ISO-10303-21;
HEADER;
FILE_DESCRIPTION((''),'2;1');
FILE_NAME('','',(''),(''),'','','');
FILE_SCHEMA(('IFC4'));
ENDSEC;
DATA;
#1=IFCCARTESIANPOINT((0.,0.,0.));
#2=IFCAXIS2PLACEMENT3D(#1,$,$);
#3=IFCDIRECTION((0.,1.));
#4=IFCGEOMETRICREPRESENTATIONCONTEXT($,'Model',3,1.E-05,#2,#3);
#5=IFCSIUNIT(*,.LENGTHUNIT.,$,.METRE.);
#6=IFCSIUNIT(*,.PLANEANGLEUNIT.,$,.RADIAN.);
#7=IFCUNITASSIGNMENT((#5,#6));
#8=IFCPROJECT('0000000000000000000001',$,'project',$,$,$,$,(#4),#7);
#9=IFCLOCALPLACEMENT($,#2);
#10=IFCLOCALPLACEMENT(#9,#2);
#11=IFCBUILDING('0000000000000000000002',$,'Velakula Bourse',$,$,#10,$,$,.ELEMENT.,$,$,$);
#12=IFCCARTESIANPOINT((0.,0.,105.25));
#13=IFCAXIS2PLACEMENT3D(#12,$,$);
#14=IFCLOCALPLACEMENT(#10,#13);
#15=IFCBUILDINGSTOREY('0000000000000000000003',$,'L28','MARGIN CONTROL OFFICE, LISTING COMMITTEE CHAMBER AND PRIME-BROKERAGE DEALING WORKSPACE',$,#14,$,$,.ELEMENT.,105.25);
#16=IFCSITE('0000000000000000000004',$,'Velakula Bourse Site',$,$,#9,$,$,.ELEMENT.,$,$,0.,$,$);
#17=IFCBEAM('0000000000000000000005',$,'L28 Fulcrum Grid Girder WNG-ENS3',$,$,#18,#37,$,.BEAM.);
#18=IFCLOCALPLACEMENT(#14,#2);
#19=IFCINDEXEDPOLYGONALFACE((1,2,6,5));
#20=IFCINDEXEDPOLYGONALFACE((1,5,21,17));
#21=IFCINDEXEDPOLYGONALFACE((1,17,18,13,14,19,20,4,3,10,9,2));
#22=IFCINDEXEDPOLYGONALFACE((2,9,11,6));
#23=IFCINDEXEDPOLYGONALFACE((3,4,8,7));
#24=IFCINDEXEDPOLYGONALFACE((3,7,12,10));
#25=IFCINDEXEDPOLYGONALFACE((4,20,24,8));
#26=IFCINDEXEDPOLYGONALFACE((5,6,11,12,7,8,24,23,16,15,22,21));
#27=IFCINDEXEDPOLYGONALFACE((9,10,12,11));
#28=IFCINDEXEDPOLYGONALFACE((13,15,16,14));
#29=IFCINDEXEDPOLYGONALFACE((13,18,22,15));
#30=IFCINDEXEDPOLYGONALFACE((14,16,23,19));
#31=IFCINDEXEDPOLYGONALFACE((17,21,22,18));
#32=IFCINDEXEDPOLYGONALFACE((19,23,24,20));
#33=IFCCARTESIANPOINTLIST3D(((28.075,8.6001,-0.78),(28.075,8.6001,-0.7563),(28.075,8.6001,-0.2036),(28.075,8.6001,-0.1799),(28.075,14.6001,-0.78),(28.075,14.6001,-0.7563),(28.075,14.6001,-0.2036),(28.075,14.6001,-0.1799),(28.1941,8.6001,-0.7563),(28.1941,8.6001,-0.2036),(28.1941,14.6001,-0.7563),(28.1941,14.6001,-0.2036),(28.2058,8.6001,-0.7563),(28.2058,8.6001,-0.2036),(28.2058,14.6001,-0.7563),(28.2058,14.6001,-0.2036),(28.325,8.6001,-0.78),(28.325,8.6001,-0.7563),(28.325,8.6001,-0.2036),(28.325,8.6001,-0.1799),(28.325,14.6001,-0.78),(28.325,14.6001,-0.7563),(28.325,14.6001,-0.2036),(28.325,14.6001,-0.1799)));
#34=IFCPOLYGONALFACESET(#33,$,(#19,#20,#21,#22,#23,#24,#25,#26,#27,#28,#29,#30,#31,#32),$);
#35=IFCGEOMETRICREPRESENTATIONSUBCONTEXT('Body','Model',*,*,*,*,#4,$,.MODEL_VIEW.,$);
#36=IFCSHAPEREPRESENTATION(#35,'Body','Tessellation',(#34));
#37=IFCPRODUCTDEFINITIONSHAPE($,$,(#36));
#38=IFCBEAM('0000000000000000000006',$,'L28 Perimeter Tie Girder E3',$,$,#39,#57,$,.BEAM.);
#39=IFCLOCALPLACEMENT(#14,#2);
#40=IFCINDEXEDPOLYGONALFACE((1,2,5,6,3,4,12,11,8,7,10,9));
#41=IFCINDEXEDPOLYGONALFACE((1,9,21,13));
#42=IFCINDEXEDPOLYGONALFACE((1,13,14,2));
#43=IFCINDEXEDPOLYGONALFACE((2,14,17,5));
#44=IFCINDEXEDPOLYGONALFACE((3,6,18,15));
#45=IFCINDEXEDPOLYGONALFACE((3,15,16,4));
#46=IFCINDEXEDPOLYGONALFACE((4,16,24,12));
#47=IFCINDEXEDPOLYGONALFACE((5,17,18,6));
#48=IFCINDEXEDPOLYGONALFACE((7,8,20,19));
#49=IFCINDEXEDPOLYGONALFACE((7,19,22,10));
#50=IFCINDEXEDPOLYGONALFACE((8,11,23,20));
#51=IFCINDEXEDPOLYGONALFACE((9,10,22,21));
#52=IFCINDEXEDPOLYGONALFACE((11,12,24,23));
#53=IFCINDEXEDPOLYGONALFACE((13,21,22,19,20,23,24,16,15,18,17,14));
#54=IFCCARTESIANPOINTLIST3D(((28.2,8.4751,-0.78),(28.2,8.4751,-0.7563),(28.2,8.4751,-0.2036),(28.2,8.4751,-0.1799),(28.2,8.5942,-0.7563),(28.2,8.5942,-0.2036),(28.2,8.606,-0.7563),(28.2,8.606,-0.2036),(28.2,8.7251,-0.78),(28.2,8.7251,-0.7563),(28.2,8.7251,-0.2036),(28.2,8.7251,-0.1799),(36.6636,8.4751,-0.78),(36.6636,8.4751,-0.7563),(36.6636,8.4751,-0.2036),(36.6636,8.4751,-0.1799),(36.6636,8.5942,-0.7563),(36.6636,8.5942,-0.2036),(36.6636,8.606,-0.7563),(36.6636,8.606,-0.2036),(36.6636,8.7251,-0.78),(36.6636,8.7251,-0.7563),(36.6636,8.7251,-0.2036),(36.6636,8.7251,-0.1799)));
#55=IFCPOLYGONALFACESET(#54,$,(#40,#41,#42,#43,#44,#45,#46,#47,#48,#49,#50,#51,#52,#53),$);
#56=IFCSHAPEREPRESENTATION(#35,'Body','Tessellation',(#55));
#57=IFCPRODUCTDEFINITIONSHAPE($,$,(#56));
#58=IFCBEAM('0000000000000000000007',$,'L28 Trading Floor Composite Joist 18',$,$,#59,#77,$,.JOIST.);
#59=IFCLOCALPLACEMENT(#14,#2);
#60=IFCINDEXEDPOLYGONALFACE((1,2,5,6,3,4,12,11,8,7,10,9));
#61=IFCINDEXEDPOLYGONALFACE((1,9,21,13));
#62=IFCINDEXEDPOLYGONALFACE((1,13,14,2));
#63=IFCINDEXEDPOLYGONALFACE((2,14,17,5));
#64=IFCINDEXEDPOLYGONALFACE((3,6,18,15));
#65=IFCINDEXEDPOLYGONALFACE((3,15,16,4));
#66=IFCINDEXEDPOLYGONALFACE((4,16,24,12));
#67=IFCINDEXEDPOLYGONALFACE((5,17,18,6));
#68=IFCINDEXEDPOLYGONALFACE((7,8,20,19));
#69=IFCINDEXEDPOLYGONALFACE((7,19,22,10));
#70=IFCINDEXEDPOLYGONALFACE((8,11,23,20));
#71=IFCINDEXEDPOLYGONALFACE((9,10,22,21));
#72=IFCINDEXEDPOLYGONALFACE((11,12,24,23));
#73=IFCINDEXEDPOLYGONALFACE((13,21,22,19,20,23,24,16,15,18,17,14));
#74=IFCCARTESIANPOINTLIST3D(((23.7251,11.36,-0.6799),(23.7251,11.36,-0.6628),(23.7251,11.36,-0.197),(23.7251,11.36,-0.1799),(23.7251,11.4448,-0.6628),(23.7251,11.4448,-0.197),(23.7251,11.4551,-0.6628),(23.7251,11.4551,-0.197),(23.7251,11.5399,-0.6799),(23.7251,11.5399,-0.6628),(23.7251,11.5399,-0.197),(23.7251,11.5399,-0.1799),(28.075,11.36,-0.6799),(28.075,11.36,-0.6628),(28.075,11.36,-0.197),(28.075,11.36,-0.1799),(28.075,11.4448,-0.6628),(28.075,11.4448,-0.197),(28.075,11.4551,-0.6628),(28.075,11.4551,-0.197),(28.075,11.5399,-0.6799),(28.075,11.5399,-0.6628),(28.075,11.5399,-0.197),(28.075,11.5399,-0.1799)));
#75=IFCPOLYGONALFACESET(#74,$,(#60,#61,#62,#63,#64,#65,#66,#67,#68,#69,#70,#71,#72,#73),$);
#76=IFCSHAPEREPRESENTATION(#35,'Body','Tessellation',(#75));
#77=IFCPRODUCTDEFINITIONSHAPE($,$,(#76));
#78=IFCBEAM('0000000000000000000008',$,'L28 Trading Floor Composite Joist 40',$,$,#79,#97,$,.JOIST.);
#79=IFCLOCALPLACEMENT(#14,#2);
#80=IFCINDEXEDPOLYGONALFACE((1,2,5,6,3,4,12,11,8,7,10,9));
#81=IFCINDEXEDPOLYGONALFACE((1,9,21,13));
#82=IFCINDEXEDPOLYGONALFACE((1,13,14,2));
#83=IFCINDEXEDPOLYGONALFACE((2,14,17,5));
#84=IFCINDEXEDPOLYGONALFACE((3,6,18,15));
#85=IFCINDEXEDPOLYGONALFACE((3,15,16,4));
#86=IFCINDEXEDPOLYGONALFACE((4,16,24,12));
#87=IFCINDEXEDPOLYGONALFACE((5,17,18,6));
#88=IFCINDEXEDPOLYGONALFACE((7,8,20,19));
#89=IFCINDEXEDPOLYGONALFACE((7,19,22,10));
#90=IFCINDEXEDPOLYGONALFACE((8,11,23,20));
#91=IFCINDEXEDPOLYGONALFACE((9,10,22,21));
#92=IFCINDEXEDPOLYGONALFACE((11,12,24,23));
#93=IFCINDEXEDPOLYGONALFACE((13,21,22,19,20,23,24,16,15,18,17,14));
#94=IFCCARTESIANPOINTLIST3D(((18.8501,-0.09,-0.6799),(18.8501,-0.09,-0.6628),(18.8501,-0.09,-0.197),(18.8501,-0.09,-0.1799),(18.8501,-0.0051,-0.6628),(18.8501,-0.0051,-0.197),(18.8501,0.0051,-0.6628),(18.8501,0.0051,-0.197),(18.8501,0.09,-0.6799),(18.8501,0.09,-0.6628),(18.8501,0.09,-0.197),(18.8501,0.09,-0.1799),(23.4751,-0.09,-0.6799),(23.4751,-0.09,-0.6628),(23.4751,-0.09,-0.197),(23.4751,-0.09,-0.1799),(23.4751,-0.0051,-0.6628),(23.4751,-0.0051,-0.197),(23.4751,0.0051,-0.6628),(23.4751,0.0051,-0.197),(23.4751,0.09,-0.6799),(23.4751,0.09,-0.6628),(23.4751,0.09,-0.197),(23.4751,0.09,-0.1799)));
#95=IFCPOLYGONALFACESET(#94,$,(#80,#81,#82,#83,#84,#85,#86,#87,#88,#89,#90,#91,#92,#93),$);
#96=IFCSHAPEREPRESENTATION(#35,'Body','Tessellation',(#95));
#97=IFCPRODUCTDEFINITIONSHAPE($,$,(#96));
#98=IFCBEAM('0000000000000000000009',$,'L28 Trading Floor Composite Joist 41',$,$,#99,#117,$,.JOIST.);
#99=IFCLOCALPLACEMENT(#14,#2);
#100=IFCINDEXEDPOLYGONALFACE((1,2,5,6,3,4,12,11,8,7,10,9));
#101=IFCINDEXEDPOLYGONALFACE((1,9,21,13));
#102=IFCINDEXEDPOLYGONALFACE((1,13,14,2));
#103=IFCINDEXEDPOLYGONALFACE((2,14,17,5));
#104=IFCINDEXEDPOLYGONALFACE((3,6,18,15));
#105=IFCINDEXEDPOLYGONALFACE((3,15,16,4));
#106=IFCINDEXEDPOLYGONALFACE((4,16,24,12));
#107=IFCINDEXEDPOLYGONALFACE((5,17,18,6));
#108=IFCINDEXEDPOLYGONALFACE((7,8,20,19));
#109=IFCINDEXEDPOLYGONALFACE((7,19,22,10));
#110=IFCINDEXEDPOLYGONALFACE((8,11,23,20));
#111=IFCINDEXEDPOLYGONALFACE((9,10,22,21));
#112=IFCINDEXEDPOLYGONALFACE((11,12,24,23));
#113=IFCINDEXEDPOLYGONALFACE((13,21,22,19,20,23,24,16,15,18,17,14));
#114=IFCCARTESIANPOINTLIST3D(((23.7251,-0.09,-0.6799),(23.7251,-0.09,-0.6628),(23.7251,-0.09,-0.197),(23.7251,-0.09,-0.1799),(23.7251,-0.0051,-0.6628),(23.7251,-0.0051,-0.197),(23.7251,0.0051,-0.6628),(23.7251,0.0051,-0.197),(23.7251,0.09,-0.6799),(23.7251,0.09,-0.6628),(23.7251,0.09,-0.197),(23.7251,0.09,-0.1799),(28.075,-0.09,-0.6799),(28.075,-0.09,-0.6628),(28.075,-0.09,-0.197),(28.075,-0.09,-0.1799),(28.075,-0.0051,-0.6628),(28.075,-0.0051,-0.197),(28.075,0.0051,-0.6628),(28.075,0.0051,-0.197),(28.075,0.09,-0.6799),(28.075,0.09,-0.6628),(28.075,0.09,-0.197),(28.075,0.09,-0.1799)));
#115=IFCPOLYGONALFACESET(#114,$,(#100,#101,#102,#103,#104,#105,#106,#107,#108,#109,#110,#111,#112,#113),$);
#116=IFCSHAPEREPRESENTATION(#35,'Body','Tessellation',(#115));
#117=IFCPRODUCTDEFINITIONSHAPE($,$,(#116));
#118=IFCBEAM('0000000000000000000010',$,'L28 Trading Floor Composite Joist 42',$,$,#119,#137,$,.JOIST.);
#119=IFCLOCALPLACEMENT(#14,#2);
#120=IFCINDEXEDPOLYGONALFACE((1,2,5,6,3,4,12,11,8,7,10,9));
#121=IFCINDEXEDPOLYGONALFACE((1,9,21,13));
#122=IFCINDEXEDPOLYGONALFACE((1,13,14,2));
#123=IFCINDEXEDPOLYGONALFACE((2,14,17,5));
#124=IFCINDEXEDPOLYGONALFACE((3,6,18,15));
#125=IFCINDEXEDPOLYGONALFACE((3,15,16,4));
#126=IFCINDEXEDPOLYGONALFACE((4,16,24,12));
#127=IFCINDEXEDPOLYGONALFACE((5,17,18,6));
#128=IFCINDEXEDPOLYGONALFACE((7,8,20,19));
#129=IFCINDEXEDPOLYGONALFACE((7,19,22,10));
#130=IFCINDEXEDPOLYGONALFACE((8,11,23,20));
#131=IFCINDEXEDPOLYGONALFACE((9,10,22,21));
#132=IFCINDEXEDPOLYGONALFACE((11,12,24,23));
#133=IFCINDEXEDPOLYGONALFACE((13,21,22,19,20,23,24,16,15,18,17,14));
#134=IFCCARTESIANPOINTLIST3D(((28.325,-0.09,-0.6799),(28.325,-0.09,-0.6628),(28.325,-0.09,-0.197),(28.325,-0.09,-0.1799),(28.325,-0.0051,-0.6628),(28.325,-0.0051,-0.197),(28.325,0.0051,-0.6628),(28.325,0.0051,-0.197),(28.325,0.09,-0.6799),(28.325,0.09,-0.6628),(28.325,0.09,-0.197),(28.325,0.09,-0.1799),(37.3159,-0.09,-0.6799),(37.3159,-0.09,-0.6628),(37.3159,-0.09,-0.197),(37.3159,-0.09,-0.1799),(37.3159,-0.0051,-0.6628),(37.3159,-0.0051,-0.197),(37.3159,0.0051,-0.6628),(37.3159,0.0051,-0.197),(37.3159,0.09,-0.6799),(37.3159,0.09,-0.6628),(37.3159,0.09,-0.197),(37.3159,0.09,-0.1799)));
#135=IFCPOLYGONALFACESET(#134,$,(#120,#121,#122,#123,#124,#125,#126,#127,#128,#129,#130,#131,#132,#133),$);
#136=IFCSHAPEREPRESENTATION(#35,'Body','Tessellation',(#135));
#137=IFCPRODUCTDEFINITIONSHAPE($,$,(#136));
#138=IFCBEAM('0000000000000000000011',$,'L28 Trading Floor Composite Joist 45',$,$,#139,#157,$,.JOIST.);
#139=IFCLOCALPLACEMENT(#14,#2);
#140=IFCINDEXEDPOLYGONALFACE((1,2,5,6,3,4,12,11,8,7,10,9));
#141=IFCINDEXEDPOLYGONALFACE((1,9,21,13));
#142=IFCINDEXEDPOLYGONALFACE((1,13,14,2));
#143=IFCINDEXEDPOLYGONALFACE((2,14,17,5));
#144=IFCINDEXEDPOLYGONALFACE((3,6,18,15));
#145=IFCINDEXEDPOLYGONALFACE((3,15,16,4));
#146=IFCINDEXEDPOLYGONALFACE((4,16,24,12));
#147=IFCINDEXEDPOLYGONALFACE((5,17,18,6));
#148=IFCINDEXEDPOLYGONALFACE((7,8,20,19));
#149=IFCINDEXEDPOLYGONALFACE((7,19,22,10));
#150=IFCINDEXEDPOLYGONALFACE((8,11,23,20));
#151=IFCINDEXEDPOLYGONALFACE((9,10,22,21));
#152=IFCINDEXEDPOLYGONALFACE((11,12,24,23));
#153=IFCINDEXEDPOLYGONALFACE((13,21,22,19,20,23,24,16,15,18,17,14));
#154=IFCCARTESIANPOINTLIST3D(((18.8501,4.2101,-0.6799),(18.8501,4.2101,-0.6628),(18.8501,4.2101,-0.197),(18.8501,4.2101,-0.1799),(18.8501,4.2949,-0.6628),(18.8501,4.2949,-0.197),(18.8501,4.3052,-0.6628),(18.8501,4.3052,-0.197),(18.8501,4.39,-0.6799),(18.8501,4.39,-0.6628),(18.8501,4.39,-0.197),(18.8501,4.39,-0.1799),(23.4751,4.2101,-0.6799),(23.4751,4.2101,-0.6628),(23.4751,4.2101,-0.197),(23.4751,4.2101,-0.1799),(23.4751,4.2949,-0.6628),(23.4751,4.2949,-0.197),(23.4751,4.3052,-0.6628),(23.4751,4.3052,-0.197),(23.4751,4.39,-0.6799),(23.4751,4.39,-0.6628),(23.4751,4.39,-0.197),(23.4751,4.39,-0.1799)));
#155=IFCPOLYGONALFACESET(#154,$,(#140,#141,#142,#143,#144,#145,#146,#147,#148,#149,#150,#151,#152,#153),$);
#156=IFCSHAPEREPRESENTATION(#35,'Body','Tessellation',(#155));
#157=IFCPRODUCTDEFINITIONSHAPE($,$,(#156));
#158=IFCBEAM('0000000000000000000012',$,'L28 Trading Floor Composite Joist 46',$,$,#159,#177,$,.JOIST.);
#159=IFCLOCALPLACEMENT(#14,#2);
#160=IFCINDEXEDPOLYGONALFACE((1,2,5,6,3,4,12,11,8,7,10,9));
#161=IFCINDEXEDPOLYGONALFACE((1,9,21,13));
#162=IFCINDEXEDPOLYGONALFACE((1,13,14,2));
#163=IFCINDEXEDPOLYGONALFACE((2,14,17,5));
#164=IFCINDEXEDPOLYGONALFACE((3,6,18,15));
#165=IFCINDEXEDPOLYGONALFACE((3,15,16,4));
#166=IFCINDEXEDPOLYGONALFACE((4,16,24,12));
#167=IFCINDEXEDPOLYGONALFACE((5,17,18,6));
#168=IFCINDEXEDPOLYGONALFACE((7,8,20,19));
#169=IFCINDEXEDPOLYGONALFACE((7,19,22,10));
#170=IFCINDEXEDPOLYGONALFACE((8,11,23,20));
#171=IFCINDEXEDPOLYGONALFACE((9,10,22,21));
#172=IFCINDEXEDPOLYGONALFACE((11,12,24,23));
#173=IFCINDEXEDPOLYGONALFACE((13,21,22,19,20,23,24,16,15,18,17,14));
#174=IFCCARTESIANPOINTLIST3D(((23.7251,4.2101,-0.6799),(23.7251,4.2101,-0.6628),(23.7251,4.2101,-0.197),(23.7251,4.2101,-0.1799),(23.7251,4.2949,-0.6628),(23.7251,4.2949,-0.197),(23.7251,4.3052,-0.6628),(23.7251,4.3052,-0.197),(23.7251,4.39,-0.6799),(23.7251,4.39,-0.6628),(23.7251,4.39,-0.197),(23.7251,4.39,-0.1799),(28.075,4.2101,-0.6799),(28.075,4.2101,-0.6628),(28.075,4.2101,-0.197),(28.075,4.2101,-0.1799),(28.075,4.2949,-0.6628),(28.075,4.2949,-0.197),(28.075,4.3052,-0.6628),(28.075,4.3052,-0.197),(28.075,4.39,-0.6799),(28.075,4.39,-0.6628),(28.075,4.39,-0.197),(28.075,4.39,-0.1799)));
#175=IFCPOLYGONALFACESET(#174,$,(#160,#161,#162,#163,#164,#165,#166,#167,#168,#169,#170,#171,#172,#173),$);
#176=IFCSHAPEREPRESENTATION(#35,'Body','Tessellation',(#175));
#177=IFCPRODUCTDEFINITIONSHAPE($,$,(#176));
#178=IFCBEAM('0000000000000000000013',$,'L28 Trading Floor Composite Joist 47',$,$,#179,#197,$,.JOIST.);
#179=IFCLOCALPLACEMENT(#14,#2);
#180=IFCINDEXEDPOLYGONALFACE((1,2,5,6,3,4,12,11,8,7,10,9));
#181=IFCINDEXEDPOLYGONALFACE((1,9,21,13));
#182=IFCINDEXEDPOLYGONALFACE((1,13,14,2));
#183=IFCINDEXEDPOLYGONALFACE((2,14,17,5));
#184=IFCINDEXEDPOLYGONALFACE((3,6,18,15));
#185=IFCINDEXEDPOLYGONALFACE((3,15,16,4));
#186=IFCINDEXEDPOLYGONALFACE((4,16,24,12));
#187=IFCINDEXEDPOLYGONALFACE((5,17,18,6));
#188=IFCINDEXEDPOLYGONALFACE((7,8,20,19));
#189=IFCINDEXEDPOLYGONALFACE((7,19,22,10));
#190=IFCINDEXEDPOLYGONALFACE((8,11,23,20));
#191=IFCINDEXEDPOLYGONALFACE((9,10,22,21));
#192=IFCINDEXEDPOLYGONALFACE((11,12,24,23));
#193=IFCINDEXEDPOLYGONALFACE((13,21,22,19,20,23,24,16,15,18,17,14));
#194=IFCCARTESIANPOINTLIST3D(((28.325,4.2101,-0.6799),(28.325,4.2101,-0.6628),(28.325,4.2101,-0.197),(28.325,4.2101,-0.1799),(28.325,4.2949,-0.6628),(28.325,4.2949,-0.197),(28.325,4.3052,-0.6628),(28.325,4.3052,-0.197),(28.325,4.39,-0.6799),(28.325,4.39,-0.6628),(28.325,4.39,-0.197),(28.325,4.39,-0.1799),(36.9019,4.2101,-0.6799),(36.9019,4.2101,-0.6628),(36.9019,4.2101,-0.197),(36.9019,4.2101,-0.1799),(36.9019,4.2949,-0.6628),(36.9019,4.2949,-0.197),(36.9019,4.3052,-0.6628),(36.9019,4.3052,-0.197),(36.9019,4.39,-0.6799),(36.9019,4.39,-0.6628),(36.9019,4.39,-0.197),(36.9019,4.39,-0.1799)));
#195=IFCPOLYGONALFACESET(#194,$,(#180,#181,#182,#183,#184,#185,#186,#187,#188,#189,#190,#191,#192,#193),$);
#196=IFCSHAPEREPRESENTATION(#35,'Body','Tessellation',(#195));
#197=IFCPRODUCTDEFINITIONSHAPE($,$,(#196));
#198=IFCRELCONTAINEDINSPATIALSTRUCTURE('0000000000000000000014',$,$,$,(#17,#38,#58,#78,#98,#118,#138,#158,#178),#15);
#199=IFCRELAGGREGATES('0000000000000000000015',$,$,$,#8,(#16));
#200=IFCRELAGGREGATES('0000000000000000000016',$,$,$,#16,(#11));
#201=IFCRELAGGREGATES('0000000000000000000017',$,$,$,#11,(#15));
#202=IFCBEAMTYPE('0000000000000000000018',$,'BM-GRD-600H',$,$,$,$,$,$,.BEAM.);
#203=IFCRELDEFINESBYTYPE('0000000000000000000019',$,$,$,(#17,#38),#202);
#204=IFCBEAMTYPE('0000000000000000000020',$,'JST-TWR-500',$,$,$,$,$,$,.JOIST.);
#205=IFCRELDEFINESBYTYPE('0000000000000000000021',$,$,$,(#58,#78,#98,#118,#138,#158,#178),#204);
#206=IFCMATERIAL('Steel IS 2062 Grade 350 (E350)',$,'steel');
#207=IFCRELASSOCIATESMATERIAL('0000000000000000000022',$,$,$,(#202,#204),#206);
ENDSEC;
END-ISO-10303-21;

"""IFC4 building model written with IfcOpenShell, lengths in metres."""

from ifc_helpers import new_model, si_unit, direction, frame, origin, origin_2d, place, context, subcontext, project, spatial, i_section, extrude, material, material_profile, profile_set, type_object, element, save


model = new_model("IFC4")

# Units and contexts
model_context = context("Model", 3, precision=1e-05, world=origin(), true_north=direction((0.0, 1.0)))
body_context = subcontext(model_context, "Body", "Model", "MODEL_VIEW")
ifc_project = project(units=[si_unit("LENGTHUNIT", "METRE"), si_unit("PLANEANGLEUNIT", "RADIAN")], contexts=[model_context])

# Site, building, storey
site_placement = place(None, origin())
site = spatial("IfcSite", under=ifc_project, at=site_placement, Name="Velakula Bourse Site", CompositionType="ELEMENT", RefElevation=0.0)
building_placement = place(site_placement, origin())
building = spatial("IfcBuilding", under=site, at=building_placement, Name="Velakula Bourse", CompositionType="ELEMENT")
storey_placement = place(building_placement, frame((0.0, 0.0, 105.25)))
storey = spatial("IfcBuildingStorey", under=building, at=storey_placement, Name="L28", Description="MARGIN CONTROL OFFICE, LISTING COMMITTEE CHAMBER AND PRIME-BROKERAGE DEALING WORKSPACE", CompositionType="ELEMENT", Elevation=105.25)

# Beams
ifc_material_1 = material(Name="Steel IS 2062 Grade 350 (E350)", Category="steel")
ifc_material_profile_1 = material_profile(ifc_material_1, i_section(OverallWidth=0.25, OverallDepth=0.6001, WebThickness=0.0117, FlangeThickness=0.0237, at=origin_2d()), Name="Steel IS 2062 Grade 350 (E350)")
ifc_profile_set_1 = profile_set([ifc_material_profile_1], Name="Steel IS 2062 Grade 350 (E350)")
beam_type_1 = type_object("IfcBeamType", Name="BM-GRD-600H", PredefinedType="BEAM", material=ifc_profile_set_1)
beam_1_placement = place(storey_placement, frame((28.2, 8.6001, -0.48), z_axis=(0.0, 1.0, 0.0), x_axis=(-1.0, 0.0, 0.0)))
element("IfcBeam", 1, at=beam_1_placement, inside=storey, type_object=beam_type_1, Name="L28 Fulcrum Grid Girder WNG-ENS3", PredefinedType="BEAM", context=body_context, shape_type="SweptSolid", body=[
    extrude(i_section(OverallWidth=0.25, OverallDepth=0.6001, WebThickness=0.0117, FlangeThickness=0.0237, at=origin_2d()), origin(), (0.0, 0.0, 1.0), 6.0),
])
beam_2_placement = place(storey_placement, frame((28.2, 8.6001, -0.48), z_axis=(1.0, 0.0, 0.0), x_axis=(0.0, 1.0, 0.0)))
element("IfcBeam", 2, at=beam_2_placement, inside=storey, type_object=beam_type_1, Name="L28 Perimeter Tie Girder E3", PredefinedType="BEAM", context=body_context, shape_type="SweptSolid", body=[
    extrude(i_section(OverallWidth=0.25, OverallDepth=0.6001, WebThickness=0.0117, FlangeThickness=0.0237, at=origin_2d()), origin(), (0.0, 0.0, 1.0), 8.4636),
])
ifc_material_profile_2 = material_profile(ifc_material_1, i_section(OverallWidth=0.1799, OverallDepth=0.5, WebThickness=0.0103, FlangeThickness=0.0171, at=origin_2d()), Name="Steel IS 2062 Grade 350 (E350)")
ifc_profile_set_2 = profile_set([ifc_material_profile_2], Name="Steel IS 2062 Grade 350 (E350)")
beam_type_2 = type_object("IfcBeamType", Name="JST-TWR-500", PredefinedType="JOIST", material=ifc_profile_set_2)
beam_3_placement = place(storey_placement, frame((23.7251, 11.45, -0.4299), z_axis=(1.0, 0.0, 0.0), x_axis=(0.0, 1.0, 0.0)))
element("IfcBeam", 3, at=beam_3_placement, inside=storey, type_object=beam_type_2, Name="L28 Trading Floor Composite Joist 18", PredefinedType="JOIST", context=body_context, shape_type="SweptSolid", body=[
    extrude(i_section(OverallWidth=0.1799, OverallDepth=0.5, WebThickness=0.0103, FlangeThickness=0.0171, at=origin_2d()), origin(), (0.0, 0.0, 1.0), 4.3499),
])
beam_4_placement = place(storey_placement, frame((18.8501, 0.0, -0.4299), z_axis=(1.0, 0.0, 0.0), x_axis=(0.0, 1.0, 0.0)))
element("IfcBeam", 4, at=beam_4_placement, inside=storey, type_object=beam_type_2, Name="L28 Trading Floor Composite Joist 40", PredefinedType="JOIST", context=body_context, shape_type="SweptSolid", body=[
    extrude(i_section(OverallWidth=0.1799, OverallDepth=0.5, WebThickness=0.0103, FlangeThickness=0.0171, at=origin_2d()), origin(), (0.0, 0.0, 1.0), 4.625),
])
beam_5_placement = place(storey_placement, frame((23.7251, 0.0, -0.4299), z_axis=(1.0, 0.0, 0.0), x_axis=(0.0, 1.0, 0.0)))
element("IfcBeam", 5, at=beam_5_placement, inside=storey, type_object=beam_type_2, Name="L28 Trading Floor Composite Joist 41", PredefinedType="JOIST", context=body_context, shape_type="SweptSolid", body=[
    extrude(i_section(OverallWidth=0.1799, OverallDepth=0.5, WebThickness=0.0103, FlangeThickness=0.0171, at=origin_2d()), origin(), (0.0, 0.0, 1.0), 4.3499),
])
beam_6_placement = place(storey_placement, frame((28.325, 0.0, -0.4299), z_axis=(1.0, 0.0, 0.0), x_axis=(0.0, 1.0, 0.0)))
element("IfcBeam", 6, at=beam_6_placement, inside=storey, type_object=beam_type_2, Name="L28 Trading Floor Composite Joist 42", PredefinedType="JOIST", context=body_context, shape_type="SweptSolid", body=[
    extrude(i_section(OverallWidth=0.1799, OverallDepth=0.5, WebThickness=0.0103, FlangeThickness=0.0171, at=origin_2d()), origin(), (0.0, 0.0, 1.0), 8.991),
])
beam_7_placement = place(storey_placement, frame((18.8501, 4.3, -0.4299), z_axis=(1.0, 0.0, 0.0), x_axis=(0.0, 1.0, 0.0)))
element("IfcBeam", 7, at=beam_7_placement, inside=storey, type_object=beam_type_2, Name="L28 Trading Floor Composite Joist 45", PredefinedType="JOIST", context=body_context, shape_type="SweptSolid", body=[
    extrude(i_section(OverallWidth=0.1799, OverallDepth=0.5, WebThickness=0.0103, FlangeThickness=0.0171, at=origin_2d()), origin(), (0.0, 0.0, 1.0), 4.625),
])
beam_8_placement = place(storey_placement, frame((23.7251, 4.3, -0.4299), z_axis=(1.0, 0.0, 0.0), x_axis=(0.0, 1.0, 0.0)))
element("IfcBeam", 8, at=beam_8_placement, inside=storey, type_object=beam_type_2, Name="L28 Trading Floor Composite Joist 46", PredefinedType="JOIST", context=body_context, shape_type="SweptSolid", body=[
    extrude(i_section(OverallWidth=0.1799, OverallDepth=0.5, WebThickness=0.0103, FlangeThickness=0.0171, at=origin_2d()), origin(), (0.0, 0.0, 1.0), 4.3499),
])
beam_9_placement = place(storey_placement, frame((28.325, 4.3, -0.4299), z_axis=(1.0, 0.0, 0.0), x_axis=(0.0, 1.0, 0.0)))
element("IfcBeam", 9, at=beam_9_placement, inside=storey, type_object=beam_type_2, Name="L28 Trading Floor Composite Joist 47", PredefinedType="JOIST", context=body_context, shape_type="SweptSolid", body=[
    extrude(i_section(OverallWidth=0.1799, OverallDepth=0.5, WebThickness=0.0103, FlangeThickness=0.0171, at=origin_2d()), origin(), (0.0, 0.0, 1.0), 8.5769),
])

save(model, "model.ifc")
